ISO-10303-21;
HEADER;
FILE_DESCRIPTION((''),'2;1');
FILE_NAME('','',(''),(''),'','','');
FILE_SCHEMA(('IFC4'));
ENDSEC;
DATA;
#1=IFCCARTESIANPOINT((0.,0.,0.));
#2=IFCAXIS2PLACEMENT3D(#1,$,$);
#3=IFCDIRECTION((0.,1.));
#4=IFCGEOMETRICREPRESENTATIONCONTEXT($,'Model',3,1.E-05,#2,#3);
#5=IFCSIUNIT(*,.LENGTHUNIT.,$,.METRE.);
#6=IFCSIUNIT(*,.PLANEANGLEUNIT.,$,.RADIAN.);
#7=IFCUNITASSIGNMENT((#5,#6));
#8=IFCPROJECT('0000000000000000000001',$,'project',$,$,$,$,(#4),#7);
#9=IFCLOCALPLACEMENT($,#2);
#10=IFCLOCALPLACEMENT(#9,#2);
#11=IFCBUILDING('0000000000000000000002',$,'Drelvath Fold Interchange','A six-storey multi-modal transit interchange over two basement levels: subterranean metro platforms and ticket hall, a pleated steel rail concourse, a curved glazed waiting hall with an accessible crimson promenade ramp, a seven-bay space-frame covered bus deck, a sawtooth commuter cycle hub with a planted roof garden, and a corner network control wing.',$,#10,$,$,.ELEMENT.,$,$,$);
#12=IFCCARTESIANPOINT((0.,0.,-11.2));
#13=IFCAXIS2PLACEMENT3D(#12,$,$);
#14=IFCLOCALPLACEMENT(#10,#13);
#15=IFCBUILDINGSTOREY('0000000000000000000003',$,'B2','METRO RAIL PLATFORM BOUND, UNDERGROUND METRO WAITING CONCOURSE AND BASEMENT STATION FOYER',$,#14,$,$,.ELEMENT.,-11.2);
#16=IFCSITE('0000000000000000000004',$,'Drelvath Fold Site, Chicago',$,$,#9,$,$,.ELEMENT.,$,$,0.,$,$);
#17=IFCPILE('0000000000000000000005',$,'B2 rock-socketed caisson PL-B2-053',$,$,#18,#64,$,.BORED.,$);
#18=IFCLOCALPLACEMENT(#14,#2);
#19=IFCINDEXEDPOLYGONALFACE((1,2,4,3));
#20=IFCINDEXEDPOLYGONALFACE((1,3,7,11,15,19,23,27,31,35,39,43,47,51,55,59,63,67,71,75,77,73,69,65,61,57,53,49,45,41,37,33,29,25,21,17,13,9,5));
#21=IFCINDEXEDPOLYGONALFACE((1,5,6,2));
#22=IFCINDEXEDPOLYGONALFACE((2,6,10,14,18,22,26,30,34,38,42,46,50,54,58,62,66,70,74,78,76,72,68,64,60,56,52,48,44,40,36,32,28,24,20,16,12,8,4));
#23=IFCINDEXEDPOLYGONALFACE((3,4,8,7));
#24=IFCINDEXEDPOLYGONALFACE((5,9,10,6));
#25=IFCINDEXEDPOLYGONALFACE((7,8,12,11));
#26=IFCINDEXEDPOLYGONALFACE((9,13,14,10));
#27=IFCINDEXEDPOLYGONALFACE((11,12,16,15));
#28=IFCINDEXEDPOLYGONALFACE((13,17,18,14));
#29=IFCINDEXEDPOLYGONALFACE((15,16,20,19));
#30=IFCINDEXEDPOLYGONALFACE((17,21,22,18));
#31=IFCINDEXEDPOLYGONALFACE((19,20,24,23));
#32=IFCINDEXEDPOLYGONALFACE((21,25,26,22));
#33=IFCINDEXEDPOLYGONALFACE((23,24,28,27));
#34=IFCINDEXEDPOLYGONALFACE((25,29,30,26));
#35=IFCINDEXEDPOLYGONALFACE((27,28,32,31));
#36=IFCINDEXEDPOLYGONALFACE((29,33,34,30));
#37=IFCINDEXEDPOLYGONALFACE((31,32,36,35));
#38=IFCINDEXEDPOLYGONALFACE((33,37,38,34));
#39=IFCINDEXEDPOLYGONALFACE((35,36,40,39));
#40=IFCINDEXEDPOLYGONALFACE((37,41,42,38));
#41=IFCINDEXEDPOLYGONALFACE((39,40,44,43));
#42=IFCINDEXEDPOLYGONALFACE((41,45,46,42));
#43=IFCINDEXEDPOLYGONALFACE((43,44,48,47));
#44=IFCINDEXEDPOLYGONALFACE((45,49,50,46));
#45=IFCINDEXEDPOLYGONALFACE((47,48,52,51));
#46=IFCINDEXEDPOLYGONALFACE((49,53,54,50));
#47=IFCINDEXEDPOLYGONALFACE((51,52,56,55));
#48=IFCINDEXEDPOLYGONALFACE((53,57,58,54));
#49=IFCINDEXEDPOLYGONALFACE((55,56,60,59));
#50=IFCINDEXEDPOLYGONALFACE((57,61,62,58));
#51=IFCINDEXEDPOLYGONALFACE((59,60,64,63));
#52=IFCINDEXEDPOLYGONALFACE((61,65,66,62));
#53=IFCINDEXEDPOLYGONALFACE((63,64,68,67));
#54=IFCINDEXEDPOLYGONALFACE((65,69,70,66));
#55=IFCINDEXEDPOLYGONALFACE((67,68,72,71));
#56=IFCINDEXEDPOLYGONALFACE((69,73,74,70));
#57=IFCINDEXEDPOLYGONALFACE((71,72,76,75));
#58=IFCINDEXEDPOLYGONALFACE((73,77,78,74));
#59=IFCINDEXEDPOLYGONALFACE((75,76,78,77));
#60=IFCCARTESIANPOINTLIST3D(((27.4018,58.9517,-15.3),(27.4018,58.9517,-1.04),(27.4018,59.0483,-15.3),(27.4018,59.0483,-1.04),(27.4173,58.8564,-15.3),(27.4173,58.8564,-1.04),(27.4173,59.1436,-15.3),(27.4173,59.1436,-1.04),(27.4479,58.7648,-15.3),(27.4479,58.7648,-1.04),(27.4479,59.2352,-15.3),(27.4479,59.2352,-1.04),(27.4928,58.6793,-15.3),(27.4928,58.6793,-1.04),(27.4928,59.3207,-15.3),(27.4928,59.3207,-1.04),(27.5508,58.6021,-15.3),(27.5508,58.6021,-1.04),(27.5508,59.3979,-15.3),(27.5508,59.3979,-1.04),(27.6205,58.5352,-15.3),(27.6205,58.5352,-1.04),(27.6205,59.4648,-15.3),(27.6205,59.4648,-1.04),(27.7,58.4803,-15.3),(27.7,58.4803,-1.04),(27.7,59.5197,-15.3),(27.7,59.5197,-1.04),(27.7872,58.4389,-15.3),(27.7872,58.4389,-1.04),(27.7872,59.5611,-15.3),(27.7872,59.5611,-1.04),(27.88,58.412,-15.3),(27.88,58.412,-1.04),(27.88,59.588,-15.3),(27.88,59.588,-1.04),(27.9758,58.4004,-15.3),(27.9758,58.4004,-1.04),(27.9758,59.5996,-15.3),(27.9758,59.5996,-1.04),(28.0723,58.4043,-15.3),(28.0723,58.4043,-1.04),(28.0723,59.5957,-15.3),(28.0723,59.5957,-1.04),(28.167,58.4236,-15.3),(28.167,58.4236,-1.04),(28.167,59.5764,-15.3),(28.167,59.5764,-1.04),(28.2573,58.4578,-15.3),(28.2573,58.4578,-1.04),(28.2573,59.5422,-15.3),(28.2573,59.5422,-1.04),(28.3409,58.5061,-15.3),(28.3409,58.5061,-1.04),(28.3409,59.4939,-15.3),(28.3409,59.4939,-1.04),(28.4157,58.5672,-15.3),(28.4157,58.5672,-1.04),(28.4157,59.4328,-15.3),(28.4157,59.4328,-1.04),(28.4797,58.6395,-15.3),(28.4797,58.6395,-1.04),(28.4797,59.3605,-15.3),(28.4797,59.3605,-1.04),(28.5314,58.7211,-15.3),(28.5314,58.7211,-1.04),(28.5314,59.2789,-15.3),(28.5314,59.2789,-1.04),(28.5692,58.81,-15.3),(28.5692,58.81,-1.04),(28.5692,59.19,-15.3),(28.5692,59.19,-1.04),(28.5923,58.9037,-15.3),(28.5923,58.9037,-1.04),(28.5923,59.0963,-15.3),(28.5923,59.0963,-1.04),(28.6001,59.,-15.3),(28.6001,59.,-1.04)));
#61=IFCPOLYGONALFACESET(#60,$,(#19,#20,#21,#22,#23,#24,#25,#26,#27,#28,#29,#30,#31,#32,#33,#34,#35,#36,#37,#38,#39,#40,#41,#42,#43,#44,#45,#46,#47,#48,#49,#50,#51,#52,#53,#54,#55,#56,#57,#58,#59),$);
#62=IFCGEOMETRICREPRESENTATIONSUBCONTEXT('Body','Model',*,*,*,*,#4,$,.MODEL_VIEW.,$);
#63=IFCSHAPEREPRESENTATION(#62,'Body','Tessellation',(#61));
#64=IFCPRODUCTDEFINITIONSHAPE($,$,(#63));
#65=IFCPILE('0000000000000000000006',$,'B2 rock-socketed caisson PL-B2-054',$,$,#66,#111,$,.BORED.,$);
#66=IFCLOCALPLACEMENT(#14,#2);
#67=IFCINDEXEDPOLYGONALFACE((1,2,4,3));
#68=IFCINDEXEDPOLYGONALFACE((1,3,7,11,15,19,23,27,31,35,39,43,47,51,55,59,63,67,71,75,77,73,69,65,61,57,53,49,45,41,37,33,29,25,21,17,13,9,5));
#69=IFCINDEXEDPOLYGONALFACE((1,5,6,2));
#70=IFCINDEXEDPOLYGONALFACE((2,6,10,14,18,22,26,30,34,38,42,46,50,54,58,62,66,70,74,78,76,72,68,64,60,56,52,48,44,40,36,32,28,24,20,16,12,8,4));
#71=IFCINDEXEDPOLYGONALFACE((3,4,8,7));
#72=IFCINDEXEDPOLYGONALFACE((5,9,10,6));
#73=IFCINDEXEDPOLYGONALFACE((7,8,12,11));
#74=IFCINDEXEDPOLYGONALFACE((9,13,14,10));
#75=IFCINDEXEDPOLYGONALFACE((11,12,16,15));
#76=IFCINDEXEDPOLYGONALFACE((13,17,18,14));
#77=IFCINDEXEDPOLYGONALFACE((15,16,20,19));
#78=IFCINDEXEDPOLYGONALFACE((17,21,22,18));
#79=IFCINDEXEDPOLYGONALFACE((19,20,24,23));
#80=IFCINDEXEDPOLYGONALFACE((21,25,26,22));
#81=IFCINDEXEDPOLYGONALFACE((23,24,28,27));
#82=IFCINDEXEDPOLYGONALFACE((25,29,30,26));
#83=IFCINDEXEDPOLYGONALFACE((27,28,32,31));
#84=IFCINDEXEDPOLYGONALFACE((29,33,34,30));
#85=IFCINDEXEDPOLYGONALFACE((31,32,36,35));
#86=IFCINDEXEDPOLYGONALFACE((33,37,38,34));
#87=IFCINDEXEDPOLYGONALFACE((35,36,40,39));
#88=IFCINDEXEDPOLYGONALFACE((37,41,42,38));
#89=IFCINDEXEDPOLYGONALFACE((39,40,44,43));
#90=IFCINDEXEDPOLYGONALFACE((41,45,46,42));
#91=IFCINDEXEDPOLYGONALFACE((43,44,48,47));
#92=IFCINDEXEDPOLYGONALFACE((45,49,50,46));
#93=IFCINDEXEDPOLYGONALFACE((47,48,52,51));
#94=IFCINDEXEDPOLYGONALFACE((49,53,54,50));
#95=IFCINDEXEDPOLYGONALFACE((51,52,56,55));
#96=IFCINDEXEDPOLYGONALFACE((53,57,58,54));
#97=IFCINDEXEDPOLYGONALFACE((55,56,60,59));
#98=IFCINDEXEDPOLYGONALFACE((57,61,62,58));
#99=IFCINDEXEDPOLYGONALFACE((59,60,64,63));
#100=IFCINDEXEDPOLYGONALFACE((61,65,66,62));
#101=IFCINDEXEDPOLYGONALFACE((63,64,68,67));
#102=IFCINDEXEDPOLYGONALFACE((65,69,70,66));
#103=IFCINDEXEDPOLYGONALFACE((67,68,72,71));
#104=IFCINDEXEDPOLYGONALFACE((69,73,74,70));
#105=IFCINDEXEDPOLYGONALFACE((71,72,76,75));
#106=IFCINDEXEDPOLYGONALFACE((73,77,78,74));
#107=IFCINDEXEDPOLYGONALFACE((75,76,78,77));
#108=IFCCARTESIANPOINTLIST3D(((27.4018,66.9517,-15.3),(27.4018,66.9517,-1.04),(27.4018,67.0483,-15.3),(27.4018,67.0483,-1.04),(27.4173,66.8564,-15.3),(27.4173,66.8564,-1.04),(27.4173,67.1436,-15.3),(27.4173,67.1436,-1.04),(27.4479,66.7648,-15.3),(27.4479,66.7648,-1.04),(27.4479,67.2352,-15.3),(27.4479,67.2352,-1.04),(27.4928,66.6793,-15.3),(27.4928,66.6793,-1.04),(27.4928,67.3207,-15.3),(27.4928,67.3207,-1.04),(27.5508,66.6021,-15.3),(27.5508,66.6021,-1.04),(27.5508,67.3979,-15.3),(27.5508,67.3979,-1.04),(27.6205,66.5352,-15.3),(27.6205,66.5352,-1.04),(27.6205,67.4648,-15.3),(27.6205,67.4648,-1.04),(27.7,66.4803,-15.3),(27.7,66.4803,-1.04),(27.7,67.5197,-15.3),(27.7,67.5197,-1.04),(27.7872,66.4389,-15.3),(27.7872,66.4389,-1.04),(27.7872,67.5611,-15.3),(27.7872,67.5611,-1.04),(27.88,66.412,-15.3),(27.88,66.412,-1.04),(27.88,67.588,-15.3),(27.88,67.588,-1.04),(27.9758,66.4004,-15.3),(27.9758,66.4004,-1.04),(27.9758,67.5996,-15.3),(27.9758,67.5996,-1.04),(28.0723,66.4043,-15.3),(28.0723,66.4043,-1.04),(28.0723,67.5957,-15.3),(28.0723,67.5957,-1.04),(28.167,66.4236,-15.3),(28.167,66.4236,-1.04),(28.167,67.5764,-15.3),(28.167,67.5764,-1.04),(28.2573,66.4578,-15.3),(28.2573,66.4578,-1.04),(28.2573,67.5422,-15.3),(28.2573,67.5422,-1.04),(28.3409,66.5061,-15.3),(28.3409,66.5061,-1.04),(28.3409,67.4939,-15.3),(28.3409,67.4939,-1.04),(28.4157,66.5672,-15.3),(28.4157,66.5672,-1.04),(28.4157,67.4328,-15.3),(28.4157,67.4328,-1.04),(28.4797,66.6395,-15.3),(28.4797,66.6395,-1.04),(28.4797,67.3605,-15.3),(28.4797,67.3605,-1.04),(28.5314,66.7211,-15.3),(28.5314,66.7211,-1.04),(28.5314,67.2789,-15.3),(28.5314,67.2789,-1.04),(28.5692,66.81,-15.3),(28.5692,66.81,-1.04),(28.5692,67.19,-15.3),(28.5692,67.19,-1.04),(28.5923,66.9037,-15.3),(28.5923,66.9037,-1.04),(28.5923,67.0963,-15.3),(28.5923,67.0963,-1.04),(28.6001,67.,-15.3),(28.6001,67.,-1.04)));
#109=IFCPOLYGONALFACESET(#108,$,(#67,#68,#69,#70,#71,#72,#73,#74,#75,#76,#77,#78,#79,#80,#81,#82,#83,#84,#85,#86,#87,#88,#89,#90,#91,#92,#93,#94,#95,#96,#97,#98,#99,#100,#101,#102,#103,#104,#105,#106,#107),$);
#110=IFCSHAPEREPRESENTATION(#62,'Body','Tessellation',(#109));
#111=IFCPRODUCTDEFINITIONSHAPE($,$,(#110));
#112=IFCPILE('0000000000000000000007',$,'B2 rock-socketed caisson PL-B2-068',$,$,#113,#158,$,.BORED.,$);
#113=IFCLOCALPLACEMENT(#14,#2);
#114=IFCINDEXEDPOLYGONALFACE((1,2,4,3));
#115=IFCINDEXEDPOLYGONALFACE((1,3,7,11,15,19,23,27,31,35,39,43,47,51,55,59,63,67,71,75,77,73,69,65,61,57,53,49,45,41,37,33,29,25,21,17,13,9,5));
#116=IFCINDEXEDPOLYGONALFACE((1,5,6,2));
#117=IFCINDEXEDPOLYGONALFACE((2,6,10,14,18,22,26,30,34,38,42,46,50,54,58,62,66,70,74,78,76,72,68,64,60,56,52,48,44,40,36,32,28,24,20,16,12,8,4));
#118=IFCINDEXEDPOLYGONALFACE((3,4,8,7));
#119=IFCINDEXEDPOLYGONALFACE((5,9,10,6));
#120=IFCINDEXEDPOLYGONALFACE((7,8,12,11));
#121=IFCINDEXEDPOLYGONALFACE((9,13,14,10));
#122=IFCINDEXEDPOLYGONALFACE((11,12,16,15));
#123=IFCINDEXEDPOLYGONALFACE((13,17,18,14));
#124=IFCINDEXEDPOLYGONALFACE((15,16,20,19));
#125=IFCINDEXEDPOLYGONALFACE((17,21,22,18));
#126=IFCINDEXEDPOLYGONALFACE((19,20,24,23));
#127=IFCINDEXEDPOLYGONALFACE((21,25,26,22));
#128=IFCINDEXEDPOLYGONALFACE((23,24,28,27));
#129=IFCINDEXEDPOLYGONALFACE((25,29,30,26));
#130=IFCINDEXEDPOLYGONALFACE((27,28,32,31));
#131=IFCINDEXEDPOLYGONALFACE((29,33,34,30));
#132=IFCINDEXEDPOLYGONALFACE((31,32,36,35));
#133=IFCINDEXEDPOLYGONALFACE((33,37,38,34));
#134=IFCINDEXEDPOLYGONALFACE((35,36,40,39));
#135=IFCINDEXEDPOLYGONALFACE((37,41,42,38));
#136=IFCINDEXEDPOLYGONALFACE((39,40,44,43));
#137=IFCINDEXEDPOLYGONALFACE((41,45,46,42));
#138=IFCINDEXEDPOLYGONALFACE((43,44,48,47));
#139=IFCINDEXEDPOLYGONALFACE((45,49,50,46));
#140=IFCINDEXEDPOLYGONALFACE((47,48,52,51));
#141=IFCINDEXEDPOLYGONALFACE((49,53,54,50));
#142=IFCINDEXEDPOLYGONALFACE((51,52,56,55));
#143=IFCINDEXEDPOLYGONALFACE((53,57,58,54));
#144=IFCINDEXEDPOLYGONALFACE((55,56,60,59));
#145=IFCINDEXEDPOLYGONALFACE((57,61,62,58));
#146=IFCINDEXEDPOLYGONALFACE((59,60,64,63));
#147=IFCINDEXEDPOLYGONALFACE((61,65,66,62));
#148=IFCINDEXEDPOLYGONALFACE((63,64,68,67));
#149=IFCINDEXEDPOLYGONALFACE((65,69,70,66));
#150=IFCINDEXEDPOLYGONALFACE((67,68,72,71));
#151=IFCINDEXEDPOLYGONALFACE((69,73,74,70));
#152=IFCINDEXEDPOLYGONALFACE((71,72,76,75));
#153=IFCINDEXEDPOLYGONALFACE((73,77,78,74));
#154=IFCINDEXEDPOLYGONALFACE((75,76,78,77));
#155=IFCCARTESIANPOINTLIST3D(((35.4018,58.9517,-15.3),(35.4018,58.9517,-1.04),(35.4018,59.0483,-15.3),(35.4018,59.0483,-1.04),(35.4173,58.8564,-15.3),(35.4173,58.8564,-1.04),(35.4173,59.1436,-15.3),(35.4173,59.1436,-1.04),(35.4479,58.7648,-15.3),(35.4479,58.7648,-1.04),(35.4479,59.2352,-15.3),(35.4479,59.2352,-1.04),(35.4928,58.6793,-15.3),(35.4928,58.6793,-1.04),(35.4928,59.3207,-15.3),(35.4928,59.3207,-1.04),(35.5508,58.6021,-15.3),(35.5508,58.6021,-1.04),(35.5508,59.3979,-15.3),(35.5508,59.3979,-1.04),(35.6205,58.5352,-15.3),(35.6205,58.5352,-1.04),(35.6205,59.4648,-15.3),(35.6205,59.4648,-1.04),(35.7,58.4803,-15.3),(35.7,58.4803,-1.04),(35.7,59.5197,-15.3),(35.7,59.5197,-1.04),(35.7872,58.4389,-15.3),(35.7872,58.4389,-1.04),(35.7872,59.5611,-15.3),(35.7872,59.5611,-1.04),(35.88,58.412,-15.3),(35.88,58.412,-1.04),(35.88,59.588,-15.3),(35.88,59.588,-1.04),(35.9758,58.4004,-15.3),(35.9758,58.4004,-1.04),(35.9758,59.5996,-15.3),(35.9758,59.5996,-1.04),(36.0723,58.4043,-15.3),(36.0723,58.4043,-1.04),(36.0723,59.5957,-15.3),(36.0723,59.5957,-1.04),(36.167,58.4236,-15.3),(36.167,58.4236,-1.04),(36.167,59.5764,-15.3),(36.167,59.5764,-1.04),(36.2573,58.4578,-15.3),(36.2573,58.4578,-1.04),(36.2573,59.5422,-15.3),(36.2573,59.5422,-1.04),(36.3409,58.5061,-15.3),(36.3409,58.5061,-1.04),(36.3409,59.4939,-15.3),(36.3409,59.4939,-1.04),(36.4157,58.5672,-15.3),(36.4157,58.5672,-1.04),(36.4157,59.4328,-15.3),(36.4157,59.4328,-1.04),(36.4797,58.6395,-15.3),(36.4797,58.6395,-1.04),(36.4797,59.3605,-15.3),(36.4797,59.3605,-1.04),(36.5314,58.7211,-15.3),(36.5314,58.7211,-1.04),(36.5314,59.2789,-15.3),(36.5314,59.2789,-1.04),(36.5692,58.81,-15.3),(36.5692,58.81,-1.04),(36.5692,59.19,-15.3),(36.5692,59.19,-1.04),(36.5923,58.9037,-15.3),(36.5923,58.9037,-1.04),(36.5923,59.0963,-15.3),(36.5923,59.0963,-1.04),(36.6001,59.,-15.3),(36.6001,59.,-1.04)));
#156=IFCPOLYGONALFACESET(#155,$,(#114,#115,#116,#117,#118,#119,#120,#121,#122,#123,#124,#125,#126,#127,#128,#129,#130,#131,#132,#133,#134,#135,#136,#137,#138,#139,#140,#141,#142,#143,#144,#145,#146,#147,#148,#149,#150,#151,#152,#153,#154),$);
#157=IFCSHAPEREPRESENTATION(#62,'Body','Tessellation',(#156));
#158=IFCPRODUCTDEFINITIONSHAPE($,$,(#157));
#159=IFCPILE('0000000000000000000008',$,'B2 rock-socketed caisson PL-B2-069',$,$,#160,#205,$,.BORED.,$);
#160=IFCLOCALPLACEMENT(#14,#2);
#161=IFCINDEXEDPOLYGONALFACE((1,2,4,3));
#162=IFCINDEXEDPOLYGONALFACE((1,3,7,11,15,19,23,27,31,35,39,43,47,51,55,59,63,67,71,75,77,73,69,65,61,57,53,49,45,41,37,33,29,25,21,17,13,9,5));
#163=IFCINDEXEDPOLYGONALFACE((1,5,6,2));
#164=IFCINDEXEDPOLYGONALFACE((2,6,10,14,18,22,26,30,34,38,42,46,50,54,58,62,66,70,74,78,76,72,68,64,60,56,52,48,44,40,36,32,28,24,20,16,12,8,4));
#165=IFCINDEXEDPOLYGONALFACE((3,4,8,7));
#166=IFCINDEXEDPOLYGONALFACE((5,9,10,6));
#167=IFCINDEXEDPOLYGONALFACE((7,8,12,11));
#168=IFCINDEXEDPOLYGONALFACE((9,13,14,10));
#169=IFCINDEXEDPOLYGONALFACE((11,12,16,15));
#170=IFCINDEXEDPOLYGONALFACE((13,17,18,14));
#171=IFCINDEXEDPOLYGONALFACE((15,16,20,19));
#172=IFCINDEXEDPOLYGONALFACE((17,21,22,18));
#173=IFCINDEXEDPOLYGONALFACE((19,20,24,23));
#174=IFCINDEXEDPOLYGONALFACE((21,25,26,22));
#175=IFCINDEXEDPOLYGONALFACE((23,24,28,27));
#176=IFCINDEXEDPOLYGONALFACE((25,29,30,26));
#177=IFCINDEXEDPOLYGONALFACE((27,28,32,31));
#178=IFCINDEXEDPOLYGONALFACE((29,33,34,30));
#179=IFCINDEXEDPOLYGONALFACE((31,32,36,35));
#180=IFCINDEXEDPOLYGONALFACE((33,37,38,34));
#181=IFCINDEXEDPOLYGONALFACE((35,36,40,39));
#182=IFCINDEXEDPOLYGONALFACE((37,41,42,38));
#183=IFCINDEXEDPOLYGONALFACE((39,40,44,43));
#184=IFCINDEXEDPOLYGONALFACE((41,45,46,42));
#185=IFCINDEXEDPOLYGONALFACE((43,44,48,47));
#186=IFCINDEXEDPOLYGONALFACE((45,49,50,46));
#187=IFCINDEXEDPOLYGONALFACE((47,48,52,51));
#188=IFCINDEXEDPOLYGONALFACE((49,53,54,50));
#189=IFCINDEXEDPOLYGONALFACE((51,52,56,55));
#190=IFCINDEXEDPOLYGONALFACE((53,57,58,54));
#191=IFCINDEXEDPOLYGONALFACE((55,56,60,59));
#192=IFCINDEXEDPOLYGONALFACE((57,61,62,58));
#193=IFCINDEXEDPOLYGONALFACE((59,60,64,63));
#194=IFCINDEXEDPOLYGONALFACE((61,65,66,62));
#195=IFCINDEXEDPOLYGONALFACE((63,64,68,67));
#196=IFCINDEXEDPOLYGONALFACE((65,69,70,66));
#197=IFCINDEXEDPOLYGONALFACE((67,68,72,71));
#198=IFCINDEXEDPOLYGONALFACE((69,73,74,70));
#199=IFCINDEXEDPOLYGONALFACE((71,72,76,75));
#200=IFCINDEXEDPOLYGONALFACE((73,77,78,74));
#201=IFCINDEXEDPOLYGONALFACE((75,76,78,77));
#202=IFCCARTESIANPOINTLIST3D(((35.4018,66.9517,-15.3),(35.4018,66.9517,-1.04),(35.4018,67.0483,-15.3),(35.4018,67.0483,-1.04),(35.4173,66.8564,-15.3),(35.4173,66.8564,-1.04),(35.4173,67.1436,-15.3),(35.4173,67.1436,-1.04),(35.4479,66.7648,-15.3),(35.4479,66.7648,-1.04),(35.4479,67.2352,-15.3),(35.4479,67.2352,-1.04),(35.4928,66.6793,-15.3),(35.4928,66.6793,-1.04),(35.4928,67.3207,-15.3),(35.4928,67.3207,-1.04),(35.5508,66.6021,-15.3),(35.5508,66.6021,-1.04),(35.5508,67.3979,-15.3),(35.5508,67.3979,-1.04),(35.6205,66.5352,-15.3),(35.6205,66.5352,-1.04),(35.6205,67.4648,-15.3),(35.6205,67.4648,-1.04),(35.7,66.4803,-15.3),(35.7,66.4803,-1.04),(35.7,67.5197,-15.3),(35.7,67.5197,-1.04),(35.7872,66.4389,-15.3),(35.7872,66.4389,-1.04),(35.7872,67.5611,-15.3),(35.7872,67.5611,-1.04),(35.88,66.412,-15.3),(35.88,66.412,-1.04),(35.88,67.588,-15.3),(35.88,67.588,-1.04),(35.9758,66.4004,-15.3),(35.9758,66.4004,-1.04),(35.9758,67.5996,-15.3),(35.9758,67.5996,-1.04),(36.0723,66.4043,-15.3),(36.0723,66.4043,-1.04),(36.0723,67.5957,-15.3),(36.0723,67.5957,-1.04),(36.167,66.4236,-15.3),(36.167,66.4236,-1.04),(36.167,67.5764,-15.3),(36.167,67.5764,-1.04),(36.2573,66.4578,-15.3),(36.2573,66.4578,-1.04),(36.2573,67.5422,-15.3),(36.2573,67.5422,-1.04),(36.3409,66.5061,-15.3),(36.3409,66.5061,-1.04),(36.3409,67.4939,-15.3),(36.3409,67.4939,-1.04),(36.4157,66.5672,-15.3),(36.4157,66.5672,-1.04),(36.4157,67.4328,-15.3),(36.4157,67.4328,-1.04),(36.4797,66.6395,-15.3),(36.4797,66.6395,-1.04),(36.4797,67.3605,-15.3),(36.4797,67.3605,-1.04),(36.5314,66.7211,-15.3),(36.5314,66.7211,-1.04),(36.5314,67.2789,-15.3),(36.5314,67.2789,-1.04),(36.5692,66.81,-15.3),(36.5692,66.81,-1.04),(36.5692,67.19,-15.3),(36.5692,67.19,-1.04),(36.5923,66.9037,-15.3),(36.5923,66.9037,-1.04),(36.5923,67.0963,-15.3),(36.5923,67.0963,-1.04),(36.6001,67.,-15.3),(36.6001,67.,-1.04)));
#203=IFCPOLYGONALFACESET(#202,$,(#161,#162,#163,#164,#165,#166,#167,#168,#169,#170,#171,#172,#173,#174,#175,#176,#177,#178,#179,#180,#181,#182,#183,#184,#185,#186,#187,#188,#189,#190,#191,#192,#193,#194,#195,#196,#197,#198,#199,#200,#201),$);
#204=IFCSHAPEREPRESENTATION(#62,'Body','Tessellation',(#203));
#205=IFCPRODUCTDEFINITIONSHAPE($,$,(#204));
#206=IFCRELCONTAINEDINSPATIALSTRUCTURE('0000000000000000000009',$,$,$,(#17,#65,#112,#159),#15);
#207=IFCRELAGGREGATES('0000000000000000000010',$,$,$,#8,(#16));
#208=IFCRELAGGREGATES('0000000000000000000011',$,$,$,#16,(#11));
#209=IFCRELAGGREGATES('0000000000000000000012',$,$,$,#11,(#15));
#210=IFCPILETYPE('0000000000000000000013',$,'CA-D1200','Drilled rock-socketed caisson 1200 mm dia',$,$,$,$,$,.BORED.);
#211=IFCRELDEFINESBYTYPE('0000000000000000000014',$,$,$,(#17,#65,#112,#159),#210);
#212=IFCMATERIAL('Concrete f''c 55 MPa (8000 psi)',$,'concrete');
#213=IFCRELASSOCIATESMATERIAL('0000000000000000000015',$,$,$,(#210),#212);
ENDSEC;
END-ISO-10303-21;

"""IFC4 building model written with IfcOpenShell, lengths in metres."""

from ifc_helpers import new_model, si_unit, direction, frame, origin, origin_2d, place, context, subcontext, project, spatial, circle, extrude, material, material_profile, profile_set, type_object, element, save


model = new_model("IFC4")

# Units and contexts
model_context = context("Model", 3, precision=1e-05, world=origin(), true_north=direction((0.0, 1.0)))
body_context = subcontext(model_context, "Body", "Model", "MODEL_VIEW")
ifc_project = project(units=[si_unit("LENGTHUNIT", "METRE"), si_unit("PLANEANGLEUNIT", "RADIAN")], contexts=[model_context])

# Site, building, storey
site_placement = place(None, origin())
site = spatial("IfcSite", under=ifc_project, at=site_placement, Name="Drelvath Fold Site, Chicago", CompositionType="ELEMENT", RefElevation=0.0)
building_placement = place(site_placement, origin())
building = spatial("IfcBuilding", under=site, at=building_placement, Name="Drelvath Fold Interchange", Description="A six-storey multi-modal transit interchange over two basement levels: subterranean metro platforms and ticket hall, a pleated steel rail concourse, a curved glazed waiting hall with an accessible crimson promenade ramp, a seven-bay space-frame covered bus deck, a sawtooth commuter cycle hub with a planted roof garden, and a corner network control wing.", CompositionType="ELEMENT")
storey_placement = place(building_placement, frame((0.0, 0.0, -11.2)))
storey = spatial("IfcBuildingStorey", under=building, at=storey_placement, Name="B2", Description="METRO RAIL PLATFORM BOUND, UNDERGROUND METRO WAITING CONCOURSE AND BASEMENT STATION FOYER", CompositionType="ELEMENT", Elevation=-11.2)

# Piles
ifc_material_1 = material(Name="Concrete f'c 55 MPa (8000 psi)", Category="concrete")
ifc_material_profile_1 = material_profile(ifc_material_1, circle(Radius=0.6001, at=origin_2d()), Name="CAISSON D1200")
ifc_profile_set_1 = profile_set([ifc_material_profile_1], Name="Concrete f'c 55 MPa (8000 psi)")
pile_type = type_object("IfcPileType", Name="CA-D1200", Description="Drilled rock-socketed caisson 1200 mm dia", PredefinedType="BORED", material=ifc_profile_set_1)
for number, where, z_axis, x_axis, name in (
    (1, (28.0, 59.0, -1.04), (0.0, 0.0, -1.0), (1.0, 0.0, 0.0), "B2 rock-socketed caisson PL-B2-053"),
    (2, (28.0, 67.0, -1.04), (0.0, 0.0, -1.0), (1.0, 0.0, 0.0), "B2 rock-socketed caisson PL-B2-054"),
    (3, (36.0, 59.0, -1.04), (0.0, 0.0, -1.0), (1.0, 0.0, 0.0), "B2 rock-socketed caisson PL-B2-068"),
    (4, (36.0, 67.0, -1.04), (0.0, 0.0, -1.0), (1.0, 0.0, 0.0), "B2 rock-socketed caisson PL-B2-069"),
):
    element("IfcPile", number, at=place(storey_placement, frame(where, z_axis=z_axis, x_axis=x_axis)), inside=storey, type_object=pile_type, Name=name, PredefinedType="BORED", context=body_context, shape_type="SweptSolid", body=[
        extrude(circle(Radius=0.6001, at=origin_2d()), origin(), (0.0, 0.0, 1.0), 14.26),
    ])

save(model, "model.ifc")
